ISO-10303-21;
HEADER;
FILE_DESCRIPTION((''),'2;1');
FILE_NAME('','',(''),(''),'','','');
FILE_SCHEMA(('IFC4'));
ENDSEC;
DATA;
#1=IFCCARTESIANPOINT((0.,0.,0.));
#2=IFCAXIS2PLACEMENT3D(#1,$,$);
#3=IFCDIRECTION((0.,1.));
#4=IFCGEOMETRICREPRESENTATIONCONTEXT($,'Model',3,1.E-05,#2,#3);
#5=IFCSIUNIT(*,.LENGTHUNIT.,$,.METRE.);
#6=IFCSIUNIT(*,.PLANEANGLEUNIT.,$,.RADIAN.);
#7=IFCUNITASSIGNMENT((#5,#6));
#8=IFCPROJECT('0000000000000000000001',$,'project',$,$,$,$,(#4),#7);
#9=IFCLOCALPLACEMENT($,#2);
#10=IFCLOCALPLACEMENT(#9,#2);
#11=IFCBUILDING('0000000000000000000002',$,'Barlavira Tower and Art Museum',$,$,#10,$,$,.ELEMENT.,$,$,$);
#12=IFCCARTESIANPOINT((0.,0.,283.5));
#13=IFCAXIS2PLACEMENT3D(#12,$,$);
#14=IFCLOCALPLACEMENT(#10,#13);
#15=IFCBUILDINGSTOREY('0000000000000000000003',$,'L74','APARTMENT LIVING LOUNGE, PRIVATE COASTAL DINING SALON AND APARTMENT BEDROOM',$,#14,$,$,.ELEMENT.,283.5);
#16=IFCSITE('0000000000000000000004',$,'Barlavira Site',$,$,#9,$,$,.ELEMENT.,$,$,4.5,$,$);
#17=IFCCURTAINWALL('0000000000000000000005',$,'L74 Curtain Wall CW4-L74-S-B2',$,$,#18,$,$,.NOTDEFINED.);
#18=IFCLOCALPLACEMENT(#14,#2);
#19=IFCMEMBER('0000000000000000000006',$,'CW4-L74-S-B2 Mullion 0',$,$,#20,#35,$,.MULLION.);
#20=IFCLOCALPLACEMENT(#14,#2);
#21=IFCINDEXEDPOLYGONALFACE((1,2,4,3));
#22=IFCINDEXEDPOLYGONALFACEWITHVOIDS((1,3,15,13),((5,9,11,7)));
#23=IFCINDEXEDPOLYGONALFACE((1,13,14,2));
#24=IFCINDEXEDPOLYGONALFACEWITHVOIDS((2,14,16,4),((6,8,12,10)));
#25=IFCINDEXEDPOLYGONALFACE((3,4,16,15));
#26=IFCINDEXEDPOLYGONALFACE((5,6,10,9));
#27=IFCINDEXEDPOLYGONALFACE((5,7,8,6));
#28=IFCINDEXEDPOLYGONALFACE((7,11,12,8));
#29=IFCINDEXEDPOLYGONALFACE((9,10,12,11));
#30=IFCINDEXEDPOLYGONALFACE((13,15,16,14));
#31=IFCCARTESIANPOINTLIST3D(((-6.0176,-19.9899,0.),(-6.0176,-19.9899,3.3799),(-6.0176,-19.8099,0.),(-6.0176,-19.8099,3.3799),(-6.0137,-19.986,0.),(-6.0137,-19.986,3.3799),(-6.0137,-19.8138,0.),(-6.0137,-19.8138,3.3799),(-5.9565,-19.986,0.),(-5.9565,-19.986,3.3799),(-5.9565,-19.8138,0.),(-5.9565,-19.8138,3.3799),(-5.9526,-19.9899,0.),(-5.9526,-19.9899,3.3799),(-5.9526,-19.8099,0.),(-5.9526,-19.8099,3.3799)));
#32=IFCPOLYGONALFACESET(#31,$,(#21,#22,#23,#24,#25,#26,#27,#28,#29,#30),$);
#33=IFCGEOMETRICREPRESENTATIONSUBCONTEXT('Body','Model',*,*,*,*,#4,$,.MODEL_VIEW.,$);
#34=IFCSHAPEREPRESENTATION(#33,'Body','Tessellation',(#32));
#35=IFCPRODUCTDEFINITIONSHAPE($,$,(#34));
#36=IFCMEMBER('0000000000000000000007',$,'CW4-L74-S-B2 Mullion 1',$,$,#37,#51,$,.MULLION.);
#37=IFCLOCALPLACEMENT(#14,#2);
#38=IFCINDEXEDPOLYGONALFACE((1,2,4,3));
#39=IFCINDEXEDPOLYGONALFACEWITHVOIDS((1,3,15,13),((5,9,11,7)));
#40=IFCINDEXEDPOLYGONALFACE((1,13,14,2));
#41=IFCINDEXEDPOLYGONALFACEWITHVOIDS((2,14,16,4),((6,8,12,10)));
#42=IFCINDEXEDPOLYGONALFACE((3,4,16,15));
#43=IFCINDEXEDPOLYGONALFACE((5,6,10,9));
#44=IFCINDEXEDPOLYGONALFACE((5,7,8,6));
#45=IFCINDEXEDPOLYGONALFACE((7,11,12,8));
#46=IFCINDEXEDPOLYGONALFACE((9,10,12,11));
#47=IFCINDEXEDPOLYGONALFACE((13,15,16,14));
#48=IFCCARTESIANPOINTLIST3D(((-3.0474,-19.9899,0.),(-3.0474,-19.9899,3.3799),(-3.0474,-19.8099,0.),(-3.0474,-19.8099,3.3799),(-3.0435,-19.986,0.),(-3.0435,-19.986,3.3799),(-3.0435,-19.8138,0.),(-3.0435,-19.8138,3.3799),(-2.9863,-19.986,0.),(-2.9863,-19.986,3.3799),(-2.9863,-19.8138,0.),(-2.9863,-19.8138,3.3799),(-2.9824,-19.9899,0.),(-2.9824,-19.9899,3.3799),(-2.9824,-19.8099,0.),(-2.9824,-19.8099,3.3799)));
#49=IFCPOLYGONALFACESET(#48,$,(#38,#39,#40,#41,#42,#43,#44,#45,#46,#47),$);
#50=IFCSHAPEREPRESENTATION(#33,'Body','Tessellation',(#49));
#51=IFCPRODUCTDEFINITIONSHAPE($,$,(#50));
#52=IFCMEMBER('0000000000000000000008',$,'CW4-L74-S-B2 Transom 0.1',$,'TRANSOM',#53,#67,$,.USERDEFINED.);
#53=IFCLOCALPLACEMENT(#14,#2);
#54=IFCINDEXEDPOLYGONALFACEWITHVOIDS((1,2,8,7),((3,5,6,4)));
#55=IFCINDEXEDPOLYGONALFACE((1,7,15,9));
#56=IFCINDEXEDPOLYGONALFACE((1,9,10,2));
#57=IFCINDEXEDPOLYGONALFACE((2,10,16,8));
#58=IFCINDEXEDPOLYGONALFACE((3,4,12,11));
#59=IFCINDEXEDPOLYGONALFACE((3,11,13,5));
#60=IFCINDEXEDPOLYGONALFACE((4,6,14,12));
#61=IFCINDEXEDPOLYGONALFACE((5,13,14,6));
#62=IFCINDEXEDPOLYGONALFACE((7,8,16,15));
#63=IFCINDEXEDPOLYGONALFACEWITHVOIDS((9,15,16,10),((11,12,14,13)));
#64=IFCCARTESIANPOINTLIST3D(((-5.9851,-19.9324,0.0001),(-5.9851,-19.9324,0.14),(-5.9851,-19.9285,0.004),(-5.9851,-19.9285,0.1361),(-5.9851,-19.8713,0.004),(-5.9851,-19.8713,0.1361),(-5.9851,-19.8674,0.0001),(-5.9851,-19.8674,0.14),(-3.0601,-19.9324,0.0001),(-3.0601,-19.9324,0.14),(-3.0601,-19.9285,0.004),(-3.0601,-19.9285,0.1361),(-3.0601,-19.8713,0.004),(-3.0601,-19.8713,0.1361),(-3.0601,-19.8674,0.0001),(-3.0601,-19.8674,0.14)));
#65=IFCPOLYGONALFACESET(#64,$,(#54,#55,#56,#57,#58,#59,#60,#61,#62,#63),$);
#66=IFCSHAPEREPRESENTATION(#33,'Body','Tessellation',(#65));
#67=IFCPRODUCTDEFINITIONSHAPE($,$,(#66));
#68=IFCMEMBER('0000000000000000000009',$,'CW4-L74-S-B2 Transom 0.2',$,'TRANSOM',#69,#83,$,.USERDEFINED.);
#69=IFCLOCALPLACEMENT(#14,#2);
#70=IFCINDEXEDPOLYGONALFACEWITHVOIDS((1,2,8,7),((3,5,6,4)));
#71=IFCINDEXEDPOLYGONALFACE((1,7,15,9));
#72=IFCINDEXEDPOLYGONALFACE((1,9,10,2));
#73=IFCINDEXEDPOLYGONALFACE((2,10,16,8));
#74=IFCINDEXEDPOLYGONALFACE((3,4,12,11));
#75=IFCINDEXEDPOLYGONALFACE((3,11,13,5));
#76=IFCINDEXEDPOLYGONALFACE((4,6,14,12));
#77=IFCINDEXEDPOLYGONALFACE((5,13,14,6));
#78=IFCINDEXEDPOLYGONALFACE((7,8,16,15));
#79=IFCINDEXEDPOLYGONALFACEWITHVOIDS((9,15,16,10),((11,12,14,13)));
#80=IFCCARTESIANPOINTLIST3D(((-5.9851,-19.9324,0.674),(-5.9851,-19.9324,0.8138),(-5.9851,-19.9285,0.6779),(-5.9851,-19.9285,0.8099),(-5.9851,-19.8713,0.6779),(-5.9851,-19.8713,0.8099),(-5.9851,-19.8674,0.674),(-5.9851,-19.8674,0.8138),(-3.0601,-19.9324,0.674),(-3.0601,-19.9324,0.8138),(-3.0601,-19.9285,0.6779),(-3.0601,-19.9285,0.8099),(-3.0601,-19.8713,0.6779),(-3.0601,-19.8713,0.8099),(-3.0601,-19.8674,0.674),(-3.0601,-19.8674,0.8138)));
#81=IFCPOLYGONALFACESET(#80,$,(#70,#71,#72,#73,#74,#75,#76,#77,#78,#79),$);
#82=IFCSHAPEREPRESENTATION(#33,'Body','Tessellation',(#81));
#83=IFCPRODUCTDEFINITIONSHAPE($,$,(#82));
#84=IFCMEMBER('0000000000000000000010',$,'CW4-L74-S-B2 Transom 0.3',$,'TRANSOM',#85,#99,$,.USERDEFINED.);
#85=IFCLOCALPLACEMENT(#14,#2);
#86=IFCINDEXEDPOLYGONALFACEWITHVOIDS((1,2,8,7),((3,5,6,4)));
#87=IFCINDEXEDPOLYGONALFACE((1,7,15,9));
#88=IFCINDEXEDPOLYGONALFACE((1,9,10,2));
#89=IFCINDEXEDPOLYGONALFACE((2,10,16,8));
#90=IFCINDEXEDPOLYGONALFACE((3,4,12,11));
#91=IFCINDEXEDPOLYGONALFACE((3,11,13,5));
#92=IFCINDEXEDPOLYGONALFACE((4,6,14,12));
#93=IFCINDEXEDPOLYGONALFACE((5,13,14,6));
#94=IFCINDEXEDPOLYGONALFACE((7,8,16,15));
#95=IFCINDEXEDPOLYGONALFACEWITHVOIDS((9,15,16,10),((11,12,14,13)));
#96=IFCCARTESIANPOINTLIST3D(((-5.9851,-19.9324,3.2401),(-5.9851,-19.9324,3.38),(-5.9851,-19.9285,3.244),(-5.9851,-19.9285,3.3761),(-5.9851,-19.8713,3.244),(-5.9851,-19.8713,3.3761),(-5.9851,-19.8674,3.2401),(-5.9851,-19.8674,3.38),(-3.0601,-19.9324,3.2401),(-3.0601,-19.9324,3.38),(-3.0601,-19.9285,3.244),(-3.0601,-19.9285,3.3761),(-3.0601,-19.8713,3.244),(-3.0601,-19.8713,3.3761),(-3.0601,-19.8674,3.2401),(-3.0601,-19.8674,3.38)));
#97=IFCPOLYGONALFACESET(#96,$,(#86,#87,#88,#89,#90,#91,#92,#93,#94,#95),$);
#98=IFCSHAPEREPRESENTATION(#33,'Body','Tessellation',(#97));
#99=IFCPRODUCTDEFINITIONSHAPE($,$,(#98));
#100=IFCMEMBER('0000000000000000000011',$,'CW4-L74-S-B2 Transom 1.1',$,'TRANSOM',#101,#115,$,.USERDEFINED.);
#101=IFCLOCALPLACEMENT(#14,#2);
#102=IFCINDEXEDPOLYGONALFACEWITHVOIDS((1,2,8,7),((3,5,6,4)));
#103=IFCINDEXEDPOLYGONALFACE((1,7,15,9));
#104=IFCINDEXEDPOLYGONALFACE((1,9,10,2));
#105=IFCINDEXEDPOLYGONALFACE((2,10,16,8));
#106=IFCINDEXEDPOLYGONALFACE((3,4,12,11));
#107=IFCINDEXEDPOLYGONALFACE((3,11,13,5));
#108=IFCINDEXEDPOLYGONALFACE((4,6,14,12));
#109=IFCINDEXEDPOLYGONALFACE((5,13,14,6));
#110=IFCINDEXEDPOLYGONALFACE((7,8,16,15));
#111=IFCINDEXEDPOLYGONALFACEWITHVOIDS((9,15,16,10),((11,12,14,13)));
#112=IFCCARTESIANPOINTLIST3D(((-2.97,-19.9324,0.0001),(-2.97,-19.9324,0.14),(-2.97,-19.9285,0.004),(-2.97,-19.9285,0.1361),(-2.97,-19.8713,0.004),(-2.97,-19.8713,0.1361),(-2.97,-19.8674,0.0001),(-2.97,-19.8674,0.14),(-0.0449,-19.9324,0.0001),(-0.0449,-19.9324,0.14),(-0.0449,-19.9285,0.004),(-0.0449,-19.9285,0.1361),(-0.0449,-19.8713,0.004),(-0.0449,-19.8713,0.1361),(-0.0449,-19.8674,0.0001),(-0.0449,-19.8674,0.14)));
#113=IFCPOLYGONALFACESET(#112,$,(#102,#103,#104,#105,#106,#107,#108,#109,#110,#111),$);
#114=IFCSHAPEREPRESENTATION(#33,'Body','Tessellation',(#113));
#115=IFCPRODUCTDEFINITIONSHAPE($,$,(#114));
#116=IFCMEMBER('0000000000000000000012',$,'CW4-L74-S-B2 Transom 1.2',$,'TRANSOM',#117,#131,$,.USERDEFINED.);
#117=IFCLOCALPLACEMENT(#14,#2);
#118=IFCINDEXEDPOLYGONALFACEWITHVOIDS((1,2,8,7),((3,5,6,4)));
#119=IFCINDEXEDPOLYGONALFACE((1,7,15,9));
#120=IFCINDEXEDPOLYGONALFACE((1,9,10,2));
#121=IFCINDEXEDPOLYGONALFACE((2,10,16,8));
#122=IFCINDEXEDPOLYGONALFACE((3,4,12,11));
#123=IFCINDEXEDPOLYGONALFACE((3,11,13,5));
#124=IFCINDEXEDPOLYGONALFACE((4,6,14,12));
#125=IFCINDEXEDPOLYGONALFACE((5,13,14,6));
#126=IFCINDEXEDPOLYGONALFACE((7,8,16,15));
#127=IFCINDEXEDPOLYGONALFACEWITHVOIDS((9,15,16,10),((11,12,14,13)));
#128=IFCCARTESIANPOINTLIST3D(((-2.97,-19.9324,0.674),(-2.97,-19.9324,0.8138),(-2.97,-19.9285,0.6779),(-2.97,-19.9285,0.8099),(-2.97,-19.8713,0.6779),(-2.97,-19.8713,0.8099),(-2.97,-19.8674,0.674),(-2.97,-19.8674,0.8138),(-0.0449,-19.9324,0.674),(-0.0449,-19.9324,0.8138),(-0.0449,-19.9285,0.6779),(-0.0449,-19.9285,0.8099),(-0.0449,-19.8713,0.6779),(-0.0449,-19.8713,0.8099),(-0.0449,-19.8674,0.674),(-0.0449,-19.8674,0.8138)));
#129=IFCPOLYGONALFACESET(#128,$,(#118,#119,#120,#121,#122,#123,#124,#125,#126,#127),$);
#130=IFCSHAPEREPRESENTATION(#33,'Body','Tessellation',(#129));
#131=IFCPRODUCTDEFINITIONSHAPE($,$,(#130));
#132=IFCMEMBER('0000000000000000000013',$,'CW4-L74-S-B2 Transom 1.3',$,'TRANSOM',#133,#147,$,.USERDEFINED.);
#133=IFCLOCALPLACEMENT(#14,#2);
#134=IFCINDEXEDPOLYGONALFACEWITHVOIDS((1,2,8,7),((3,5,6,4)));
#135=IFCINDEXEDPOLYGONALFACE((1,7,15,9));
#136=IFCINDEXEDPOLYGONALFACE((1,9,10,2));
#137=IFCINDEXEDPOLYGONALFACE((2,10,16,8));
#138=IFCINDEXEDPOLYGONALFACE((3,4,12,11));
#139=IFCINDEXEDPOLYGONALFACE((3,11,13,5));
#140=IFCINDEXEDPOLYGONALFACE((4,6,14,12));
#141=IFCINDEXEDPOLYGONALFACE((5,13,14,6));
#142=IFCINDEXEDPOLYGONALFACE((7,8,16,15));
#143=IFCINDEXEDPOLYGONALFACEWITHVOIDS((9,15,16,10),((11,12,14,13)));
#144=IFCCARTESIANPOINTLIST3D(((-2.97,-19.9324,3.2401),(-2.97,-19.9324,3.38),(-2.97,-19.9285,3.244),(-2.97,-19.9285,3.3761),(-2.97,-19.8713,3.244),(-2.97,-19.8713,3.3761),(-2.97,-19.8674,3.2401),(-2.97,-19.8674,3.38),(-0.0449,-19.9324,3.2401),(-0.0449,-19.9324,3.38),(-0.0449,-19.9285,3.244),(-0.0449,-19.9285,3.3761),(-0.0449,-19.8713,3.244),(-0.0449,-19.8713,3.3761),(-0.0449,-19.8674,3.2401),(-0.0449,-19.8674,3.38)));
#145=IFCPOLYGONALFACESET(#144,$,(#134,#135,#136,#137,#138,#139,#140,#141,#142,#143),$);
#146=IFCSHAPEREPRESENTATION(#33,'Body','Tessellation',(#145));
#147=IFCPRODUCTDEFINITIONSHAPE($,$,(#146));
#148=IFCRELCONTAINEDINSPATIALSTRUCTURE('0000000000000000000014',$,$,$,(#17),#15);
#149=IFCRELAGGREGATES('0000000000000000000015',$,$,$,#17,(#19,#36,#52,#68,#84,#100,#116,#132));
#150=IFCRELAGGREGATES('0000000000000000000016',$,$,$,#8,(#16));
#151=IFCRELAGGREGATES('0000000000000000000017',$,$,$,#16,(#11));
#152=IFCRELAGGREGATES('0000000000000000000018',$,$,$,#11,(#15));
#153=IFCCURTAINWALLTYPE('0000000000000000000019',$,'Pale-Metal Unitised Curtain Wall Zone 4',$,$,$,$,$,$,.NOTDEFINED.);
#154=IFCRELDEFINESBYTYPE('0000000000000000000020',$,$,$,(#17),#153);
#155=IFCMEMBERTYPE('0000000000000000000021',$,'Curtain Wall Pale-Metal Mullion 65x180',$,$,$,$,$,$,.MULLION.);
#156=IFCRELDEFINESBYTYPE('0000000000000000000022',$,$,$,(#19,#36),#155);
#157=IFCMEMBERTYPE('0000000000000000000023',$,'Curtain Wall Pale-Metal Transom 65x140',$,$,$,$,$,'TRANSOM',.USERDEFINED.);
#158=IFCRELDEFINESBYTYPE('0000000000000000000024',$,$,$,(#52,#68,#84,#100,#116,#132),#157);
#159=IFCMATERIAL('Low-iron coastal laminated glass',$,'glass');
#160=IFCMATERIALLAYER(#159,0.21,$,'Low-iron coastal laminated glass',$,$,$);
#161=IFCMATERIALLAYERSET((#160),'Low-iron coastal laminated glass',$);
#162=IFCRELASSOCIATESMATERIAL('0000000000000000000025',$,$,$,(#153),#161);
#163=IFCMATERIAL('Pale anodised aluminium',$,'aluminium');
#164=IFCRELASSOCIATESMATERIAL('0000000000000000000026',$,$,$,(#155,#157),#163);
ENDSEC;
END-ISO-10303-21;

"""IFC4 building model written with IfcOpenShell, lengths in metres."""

from ifc_helpers import new_model, si_unit, direction, frame, origin, origin_2d, place, context, subcontext, project, spatial, hollow_rectangle, extrude, material, layer, layer_set, material_profile, profile_set, type_object, element, aggregate, save


model = new_model("IFC4")

# Units and contexts
model_context = context("Model", 3, precision=1e-05, world=origin(), true_north=direction((0.0, 1.0)))
body_context = subcontext(model_context, "Body", "Model", "MODEL_VIEW")
ifc_project = project(units=[si_unit("LENGTHUNIT", "METRE"), si_unit("PLANEANGLEUNIT", "RADIAN")], contexts=[model_context])

# Site, building, storey
site_placement = place(None, origin())
site = spatial("IfcSite", under=ifc_project, at=site_placement, Name="Barlavira Site", CompositionType="ELEMENT", RefElevation=4.5)
building_placement = place(site_placement, origin())
building = spatial("IfcBuilding", under=site, at=building_placement, Name="Barlavira Tower and Art Museum", CompositionType="ELEMENT")
storey_placement = place(building_placement, frame((0.0, 0.0, 283.5)))
storey = spatial("IfcBuildingStorey", under=building, at=storey_placement, Name="L74", Description="APARTMENT LIVING LOUNGE, PRIVATE COASTAL DINING SALON AND APARTMENT BEDROOM", CompositionType="ELEMENT", Elevation=283.5)

# Curtain wall, members
ifc_material_1 = material(Name="Low-iron coastal laminated glass", Category="glass")
ifc_layer_1 = layer(ifc_material_1, 0.21, Name="Low-iron coastal laminated glass")
ifc_layer_set_1 = layer_set([ifc_layer_1], Name="Low-iron coastal laminated glass")
curtain_wall_type = type_object("IfcCurtainWallType", Name="Pale-Metal Unitised Curtain Wall Zone 4", PredefinedType="NOTDEFINED", material=ifc_layer_set_1)
curtain_wall_placement = place(storey_placement, origin())
curtain_wall = element("IfcCurtainWall", 1, at=curtain_wall_placement, inside=storey, type_object=curtain_wall_type, Name="L74 Curtain Wall CW4-L74-S-B2", PredefinedType="NOTDEFINED")
ifc_material_2 = material(Name="Pale anodised aluminium", Category="aluminium")
ifc_material_profile_1 = material_profile(ifc_material_2, hollow_rectangle(XDim=0.0649, YDim=0.1799, WallThickness=0.0039, at=origin_2d()), Name="ALU-MULL 65x180x4")
ifc_profile_set_1 = profile_set([ifc_material_profile_1], Name="Pale anodised aluminium")
member_type_1 = type_object("IfcMemberType", Name="Curtain Wall Pale-Metal Mullion 65x180", PredefinedType="MULLION", material=ifc_profile_set_1)
member_1_placement = place(storey_placement, frame((-5.9851, -19.8999, 0.0), z_axis=(0.0, 0.0, 1.0), x_axis=(1.0, 0.0, 0.0)))
member_1 = element("IfcMember", 2, at=member_1_placement, type_object=member_type_1, Name="CW4-L74-S-B2 Mullion 0", PredefinedType="MULLION", context=body_context, shape_type="SweptSolid", body=[
    extrude(hollow_rectangle(XDim=0.0649, YDim=0.1799, WallThickness=0.0039, at=origin_2d()), origin(), (0.0, 0.0, 1.0), 3.3799),
])
member_2_placement = place(storey_placement, frame((-3.0149, -19.8999, 0.0), z_axis=(0.0, 0.0, 1.0), x_axis=(1.0, 0.0, 0.0)))
member_2 = element("IfcMember", 3, at=member_2_placement, type_object=member_type_1, Name="CW4-L74-S-B2 Mullion 1", PredefinedType="MULLION", context=body_context, shape_type="SweptSolid", body=[
    extrude(hollow_rectangle(XDim=0.0649, YDim=0.1799, WallThickness=0.0039, at=origin_2d()), origin(), (0.0, 0.0, 1.0), 3.3799),
])
ifc_material_profile_2 = material_profile(ifc_material_2, hollow_rectangle(XDim=0.0649, YDim=0.1399, WallThickness=0.0039, at=origin_2d()), Name="ALU-TRAN 65x140x4")
ifc_profile_set_2 = profile_set([ifc_material_profile_2], Name="Pale anodised aluminium")
member_type_2 = type_object("IfcMemberType", Name="Curtain Wall Pale-Metal Transom 65x140", ElementType="TRANSOM", PredefinedType="USERDEFINED", material=ifc_profile_set_2)
member_3_placement = place(storey_placement, frame((-5.9851, -19.8999, 0.0701), z_axis=(1.0, 0.0, 0.0), x_axis=(0.0, 1.0, 0.0)))
member_3 = element("IfcMember", 4, at=member_3_placement, type_object=member_type_2, Name="CW4-L74-S-B2 Transom 0.1", ObjectType="TRANSOM", PredefinedType="USERDEFINED", context=body_context, shape_type="SweptSolid", body=[
    extrude(hollow_rectangle(XDim=0.0649, YDim=0.1399, WallThickness=0.0039, at=origin_2d()), origin(), (0.0, 0.0, 1.0), 2.925),
])
member_4_placement = place(storey_placement, frame((-5.9851, -19.8999, 0.7439), z_axis=(1.0, 0.0, 0.0), x_axis=(0.0, 1.0, 0.0)))
member_4 = element("IfcMember", 5, at=member_4_placement, type_object=member_type_2, Name="CW4-L74-S-B2 Transom 0.2", ObjectType="TRANSOM", PredefinedType="USERDEFINED", context=body_context, shape_type="SweptSolid", body=[
    extrude(hollow_rectangle(XDim=0.0649, YDim=0.1399, WallThickness=0.0039, at=origin_2d()), origin(), (0.0, 0.0, 1.0), 2.925),
])
member_5_placement = place(storey_placement, frame((-5.9851, -19.8999, 3.3101), z_axis=(1.0, 0.0, 0.0), x_axis=(0.0, 1.0, 0.0)))
member_5 = element("IfcMember", 6, at=member_5_placement, type_object=member_type_2, Name="CW4-L74-S-B2 Transom 0.3", ObjectType="TRANSOM", PredefinedType="USERDEFINED", context=body_context, shape_type="SweptSolid", body=[
    extrude(hollow_rectangle(XDim=0.0649, YDim=0.1399, WallThickness=0.0039, at=origin_2d()), origin(), (0.0, 0.0, 1.0), 2.925),
])
member_6_placement = place(storey_placement, frame((-2.97, -19.8999, 0.0701), z_axis=(1.0, 0.0, 0.0), x_axis=(0.0, 1.0, 0.0)))
member_6 = element("IfcMember", 7, at=member_6_placement, type_object=member_type_2, Name="CW4-L74-S-B2 Transom 1.1", ObjectType="TRANSOM", PredefinedType="USERDEFINED", context=body_context, shape_type="SweptSolid", body=[
    extrude(hollow_rectangle(XDim=0.0649, YDim=0.1399, WallThickness=0.0039, at=origin_2d()), origin(), (0.0, 0.0, 1.0), 2.925),
])
member_7_placement = place(storey_placement, frame((-2.97, -19.8999, 0.7439), z_axis=(1.0, 0.0, 0.0), x_axis=(0.0, 1.0, 0.0)))
member_7 = element("IfcMember", 8, at=member_7_placement, type_object=member_type_2, Name="CW4-L74-S-B2 Transom 1.2", ObjectType="TRANSOM", PredefinedType="USERDEFINED", context=body_context, shape_type="SweptSolid", body=[
    extrude(hollow_rectangle(XDim=0.0649, YDim=0.1399, WallThickness=0.0039, at=origin_2d()), origin(), (0.0, 0.0, 1.0), 2.925),
])
member_8_placement = place(storey_placement, frame((-2.97, -19.8999, 3.3101), z_axis=(1.0, 0.0, 0.0), x_axis=(0.0, 1.0, 0.0)))
member_8 = element("IfcMember", 9, at=member_8_placement, type_object=member_type_2, Name="CW4-L74-S-B2 Transom 1.3", ObjectType="TRANSOM", PredefinedType="USERDEFINED", context=body_context, shape_type="SweptSolid", body=[
    extrude(hollow_rectangle(XDim=0.0649, YDim=0.1399, WallThickness=0.0039, at=origin_2d()), origin(), (0.0, 0.0, 1.0), 2.925),
])

aggregate(curtain_wall, [member_1, member_2, member_3, member_4, member_5, member_6, member_7, member_8])

save(model, "model.ifc")
